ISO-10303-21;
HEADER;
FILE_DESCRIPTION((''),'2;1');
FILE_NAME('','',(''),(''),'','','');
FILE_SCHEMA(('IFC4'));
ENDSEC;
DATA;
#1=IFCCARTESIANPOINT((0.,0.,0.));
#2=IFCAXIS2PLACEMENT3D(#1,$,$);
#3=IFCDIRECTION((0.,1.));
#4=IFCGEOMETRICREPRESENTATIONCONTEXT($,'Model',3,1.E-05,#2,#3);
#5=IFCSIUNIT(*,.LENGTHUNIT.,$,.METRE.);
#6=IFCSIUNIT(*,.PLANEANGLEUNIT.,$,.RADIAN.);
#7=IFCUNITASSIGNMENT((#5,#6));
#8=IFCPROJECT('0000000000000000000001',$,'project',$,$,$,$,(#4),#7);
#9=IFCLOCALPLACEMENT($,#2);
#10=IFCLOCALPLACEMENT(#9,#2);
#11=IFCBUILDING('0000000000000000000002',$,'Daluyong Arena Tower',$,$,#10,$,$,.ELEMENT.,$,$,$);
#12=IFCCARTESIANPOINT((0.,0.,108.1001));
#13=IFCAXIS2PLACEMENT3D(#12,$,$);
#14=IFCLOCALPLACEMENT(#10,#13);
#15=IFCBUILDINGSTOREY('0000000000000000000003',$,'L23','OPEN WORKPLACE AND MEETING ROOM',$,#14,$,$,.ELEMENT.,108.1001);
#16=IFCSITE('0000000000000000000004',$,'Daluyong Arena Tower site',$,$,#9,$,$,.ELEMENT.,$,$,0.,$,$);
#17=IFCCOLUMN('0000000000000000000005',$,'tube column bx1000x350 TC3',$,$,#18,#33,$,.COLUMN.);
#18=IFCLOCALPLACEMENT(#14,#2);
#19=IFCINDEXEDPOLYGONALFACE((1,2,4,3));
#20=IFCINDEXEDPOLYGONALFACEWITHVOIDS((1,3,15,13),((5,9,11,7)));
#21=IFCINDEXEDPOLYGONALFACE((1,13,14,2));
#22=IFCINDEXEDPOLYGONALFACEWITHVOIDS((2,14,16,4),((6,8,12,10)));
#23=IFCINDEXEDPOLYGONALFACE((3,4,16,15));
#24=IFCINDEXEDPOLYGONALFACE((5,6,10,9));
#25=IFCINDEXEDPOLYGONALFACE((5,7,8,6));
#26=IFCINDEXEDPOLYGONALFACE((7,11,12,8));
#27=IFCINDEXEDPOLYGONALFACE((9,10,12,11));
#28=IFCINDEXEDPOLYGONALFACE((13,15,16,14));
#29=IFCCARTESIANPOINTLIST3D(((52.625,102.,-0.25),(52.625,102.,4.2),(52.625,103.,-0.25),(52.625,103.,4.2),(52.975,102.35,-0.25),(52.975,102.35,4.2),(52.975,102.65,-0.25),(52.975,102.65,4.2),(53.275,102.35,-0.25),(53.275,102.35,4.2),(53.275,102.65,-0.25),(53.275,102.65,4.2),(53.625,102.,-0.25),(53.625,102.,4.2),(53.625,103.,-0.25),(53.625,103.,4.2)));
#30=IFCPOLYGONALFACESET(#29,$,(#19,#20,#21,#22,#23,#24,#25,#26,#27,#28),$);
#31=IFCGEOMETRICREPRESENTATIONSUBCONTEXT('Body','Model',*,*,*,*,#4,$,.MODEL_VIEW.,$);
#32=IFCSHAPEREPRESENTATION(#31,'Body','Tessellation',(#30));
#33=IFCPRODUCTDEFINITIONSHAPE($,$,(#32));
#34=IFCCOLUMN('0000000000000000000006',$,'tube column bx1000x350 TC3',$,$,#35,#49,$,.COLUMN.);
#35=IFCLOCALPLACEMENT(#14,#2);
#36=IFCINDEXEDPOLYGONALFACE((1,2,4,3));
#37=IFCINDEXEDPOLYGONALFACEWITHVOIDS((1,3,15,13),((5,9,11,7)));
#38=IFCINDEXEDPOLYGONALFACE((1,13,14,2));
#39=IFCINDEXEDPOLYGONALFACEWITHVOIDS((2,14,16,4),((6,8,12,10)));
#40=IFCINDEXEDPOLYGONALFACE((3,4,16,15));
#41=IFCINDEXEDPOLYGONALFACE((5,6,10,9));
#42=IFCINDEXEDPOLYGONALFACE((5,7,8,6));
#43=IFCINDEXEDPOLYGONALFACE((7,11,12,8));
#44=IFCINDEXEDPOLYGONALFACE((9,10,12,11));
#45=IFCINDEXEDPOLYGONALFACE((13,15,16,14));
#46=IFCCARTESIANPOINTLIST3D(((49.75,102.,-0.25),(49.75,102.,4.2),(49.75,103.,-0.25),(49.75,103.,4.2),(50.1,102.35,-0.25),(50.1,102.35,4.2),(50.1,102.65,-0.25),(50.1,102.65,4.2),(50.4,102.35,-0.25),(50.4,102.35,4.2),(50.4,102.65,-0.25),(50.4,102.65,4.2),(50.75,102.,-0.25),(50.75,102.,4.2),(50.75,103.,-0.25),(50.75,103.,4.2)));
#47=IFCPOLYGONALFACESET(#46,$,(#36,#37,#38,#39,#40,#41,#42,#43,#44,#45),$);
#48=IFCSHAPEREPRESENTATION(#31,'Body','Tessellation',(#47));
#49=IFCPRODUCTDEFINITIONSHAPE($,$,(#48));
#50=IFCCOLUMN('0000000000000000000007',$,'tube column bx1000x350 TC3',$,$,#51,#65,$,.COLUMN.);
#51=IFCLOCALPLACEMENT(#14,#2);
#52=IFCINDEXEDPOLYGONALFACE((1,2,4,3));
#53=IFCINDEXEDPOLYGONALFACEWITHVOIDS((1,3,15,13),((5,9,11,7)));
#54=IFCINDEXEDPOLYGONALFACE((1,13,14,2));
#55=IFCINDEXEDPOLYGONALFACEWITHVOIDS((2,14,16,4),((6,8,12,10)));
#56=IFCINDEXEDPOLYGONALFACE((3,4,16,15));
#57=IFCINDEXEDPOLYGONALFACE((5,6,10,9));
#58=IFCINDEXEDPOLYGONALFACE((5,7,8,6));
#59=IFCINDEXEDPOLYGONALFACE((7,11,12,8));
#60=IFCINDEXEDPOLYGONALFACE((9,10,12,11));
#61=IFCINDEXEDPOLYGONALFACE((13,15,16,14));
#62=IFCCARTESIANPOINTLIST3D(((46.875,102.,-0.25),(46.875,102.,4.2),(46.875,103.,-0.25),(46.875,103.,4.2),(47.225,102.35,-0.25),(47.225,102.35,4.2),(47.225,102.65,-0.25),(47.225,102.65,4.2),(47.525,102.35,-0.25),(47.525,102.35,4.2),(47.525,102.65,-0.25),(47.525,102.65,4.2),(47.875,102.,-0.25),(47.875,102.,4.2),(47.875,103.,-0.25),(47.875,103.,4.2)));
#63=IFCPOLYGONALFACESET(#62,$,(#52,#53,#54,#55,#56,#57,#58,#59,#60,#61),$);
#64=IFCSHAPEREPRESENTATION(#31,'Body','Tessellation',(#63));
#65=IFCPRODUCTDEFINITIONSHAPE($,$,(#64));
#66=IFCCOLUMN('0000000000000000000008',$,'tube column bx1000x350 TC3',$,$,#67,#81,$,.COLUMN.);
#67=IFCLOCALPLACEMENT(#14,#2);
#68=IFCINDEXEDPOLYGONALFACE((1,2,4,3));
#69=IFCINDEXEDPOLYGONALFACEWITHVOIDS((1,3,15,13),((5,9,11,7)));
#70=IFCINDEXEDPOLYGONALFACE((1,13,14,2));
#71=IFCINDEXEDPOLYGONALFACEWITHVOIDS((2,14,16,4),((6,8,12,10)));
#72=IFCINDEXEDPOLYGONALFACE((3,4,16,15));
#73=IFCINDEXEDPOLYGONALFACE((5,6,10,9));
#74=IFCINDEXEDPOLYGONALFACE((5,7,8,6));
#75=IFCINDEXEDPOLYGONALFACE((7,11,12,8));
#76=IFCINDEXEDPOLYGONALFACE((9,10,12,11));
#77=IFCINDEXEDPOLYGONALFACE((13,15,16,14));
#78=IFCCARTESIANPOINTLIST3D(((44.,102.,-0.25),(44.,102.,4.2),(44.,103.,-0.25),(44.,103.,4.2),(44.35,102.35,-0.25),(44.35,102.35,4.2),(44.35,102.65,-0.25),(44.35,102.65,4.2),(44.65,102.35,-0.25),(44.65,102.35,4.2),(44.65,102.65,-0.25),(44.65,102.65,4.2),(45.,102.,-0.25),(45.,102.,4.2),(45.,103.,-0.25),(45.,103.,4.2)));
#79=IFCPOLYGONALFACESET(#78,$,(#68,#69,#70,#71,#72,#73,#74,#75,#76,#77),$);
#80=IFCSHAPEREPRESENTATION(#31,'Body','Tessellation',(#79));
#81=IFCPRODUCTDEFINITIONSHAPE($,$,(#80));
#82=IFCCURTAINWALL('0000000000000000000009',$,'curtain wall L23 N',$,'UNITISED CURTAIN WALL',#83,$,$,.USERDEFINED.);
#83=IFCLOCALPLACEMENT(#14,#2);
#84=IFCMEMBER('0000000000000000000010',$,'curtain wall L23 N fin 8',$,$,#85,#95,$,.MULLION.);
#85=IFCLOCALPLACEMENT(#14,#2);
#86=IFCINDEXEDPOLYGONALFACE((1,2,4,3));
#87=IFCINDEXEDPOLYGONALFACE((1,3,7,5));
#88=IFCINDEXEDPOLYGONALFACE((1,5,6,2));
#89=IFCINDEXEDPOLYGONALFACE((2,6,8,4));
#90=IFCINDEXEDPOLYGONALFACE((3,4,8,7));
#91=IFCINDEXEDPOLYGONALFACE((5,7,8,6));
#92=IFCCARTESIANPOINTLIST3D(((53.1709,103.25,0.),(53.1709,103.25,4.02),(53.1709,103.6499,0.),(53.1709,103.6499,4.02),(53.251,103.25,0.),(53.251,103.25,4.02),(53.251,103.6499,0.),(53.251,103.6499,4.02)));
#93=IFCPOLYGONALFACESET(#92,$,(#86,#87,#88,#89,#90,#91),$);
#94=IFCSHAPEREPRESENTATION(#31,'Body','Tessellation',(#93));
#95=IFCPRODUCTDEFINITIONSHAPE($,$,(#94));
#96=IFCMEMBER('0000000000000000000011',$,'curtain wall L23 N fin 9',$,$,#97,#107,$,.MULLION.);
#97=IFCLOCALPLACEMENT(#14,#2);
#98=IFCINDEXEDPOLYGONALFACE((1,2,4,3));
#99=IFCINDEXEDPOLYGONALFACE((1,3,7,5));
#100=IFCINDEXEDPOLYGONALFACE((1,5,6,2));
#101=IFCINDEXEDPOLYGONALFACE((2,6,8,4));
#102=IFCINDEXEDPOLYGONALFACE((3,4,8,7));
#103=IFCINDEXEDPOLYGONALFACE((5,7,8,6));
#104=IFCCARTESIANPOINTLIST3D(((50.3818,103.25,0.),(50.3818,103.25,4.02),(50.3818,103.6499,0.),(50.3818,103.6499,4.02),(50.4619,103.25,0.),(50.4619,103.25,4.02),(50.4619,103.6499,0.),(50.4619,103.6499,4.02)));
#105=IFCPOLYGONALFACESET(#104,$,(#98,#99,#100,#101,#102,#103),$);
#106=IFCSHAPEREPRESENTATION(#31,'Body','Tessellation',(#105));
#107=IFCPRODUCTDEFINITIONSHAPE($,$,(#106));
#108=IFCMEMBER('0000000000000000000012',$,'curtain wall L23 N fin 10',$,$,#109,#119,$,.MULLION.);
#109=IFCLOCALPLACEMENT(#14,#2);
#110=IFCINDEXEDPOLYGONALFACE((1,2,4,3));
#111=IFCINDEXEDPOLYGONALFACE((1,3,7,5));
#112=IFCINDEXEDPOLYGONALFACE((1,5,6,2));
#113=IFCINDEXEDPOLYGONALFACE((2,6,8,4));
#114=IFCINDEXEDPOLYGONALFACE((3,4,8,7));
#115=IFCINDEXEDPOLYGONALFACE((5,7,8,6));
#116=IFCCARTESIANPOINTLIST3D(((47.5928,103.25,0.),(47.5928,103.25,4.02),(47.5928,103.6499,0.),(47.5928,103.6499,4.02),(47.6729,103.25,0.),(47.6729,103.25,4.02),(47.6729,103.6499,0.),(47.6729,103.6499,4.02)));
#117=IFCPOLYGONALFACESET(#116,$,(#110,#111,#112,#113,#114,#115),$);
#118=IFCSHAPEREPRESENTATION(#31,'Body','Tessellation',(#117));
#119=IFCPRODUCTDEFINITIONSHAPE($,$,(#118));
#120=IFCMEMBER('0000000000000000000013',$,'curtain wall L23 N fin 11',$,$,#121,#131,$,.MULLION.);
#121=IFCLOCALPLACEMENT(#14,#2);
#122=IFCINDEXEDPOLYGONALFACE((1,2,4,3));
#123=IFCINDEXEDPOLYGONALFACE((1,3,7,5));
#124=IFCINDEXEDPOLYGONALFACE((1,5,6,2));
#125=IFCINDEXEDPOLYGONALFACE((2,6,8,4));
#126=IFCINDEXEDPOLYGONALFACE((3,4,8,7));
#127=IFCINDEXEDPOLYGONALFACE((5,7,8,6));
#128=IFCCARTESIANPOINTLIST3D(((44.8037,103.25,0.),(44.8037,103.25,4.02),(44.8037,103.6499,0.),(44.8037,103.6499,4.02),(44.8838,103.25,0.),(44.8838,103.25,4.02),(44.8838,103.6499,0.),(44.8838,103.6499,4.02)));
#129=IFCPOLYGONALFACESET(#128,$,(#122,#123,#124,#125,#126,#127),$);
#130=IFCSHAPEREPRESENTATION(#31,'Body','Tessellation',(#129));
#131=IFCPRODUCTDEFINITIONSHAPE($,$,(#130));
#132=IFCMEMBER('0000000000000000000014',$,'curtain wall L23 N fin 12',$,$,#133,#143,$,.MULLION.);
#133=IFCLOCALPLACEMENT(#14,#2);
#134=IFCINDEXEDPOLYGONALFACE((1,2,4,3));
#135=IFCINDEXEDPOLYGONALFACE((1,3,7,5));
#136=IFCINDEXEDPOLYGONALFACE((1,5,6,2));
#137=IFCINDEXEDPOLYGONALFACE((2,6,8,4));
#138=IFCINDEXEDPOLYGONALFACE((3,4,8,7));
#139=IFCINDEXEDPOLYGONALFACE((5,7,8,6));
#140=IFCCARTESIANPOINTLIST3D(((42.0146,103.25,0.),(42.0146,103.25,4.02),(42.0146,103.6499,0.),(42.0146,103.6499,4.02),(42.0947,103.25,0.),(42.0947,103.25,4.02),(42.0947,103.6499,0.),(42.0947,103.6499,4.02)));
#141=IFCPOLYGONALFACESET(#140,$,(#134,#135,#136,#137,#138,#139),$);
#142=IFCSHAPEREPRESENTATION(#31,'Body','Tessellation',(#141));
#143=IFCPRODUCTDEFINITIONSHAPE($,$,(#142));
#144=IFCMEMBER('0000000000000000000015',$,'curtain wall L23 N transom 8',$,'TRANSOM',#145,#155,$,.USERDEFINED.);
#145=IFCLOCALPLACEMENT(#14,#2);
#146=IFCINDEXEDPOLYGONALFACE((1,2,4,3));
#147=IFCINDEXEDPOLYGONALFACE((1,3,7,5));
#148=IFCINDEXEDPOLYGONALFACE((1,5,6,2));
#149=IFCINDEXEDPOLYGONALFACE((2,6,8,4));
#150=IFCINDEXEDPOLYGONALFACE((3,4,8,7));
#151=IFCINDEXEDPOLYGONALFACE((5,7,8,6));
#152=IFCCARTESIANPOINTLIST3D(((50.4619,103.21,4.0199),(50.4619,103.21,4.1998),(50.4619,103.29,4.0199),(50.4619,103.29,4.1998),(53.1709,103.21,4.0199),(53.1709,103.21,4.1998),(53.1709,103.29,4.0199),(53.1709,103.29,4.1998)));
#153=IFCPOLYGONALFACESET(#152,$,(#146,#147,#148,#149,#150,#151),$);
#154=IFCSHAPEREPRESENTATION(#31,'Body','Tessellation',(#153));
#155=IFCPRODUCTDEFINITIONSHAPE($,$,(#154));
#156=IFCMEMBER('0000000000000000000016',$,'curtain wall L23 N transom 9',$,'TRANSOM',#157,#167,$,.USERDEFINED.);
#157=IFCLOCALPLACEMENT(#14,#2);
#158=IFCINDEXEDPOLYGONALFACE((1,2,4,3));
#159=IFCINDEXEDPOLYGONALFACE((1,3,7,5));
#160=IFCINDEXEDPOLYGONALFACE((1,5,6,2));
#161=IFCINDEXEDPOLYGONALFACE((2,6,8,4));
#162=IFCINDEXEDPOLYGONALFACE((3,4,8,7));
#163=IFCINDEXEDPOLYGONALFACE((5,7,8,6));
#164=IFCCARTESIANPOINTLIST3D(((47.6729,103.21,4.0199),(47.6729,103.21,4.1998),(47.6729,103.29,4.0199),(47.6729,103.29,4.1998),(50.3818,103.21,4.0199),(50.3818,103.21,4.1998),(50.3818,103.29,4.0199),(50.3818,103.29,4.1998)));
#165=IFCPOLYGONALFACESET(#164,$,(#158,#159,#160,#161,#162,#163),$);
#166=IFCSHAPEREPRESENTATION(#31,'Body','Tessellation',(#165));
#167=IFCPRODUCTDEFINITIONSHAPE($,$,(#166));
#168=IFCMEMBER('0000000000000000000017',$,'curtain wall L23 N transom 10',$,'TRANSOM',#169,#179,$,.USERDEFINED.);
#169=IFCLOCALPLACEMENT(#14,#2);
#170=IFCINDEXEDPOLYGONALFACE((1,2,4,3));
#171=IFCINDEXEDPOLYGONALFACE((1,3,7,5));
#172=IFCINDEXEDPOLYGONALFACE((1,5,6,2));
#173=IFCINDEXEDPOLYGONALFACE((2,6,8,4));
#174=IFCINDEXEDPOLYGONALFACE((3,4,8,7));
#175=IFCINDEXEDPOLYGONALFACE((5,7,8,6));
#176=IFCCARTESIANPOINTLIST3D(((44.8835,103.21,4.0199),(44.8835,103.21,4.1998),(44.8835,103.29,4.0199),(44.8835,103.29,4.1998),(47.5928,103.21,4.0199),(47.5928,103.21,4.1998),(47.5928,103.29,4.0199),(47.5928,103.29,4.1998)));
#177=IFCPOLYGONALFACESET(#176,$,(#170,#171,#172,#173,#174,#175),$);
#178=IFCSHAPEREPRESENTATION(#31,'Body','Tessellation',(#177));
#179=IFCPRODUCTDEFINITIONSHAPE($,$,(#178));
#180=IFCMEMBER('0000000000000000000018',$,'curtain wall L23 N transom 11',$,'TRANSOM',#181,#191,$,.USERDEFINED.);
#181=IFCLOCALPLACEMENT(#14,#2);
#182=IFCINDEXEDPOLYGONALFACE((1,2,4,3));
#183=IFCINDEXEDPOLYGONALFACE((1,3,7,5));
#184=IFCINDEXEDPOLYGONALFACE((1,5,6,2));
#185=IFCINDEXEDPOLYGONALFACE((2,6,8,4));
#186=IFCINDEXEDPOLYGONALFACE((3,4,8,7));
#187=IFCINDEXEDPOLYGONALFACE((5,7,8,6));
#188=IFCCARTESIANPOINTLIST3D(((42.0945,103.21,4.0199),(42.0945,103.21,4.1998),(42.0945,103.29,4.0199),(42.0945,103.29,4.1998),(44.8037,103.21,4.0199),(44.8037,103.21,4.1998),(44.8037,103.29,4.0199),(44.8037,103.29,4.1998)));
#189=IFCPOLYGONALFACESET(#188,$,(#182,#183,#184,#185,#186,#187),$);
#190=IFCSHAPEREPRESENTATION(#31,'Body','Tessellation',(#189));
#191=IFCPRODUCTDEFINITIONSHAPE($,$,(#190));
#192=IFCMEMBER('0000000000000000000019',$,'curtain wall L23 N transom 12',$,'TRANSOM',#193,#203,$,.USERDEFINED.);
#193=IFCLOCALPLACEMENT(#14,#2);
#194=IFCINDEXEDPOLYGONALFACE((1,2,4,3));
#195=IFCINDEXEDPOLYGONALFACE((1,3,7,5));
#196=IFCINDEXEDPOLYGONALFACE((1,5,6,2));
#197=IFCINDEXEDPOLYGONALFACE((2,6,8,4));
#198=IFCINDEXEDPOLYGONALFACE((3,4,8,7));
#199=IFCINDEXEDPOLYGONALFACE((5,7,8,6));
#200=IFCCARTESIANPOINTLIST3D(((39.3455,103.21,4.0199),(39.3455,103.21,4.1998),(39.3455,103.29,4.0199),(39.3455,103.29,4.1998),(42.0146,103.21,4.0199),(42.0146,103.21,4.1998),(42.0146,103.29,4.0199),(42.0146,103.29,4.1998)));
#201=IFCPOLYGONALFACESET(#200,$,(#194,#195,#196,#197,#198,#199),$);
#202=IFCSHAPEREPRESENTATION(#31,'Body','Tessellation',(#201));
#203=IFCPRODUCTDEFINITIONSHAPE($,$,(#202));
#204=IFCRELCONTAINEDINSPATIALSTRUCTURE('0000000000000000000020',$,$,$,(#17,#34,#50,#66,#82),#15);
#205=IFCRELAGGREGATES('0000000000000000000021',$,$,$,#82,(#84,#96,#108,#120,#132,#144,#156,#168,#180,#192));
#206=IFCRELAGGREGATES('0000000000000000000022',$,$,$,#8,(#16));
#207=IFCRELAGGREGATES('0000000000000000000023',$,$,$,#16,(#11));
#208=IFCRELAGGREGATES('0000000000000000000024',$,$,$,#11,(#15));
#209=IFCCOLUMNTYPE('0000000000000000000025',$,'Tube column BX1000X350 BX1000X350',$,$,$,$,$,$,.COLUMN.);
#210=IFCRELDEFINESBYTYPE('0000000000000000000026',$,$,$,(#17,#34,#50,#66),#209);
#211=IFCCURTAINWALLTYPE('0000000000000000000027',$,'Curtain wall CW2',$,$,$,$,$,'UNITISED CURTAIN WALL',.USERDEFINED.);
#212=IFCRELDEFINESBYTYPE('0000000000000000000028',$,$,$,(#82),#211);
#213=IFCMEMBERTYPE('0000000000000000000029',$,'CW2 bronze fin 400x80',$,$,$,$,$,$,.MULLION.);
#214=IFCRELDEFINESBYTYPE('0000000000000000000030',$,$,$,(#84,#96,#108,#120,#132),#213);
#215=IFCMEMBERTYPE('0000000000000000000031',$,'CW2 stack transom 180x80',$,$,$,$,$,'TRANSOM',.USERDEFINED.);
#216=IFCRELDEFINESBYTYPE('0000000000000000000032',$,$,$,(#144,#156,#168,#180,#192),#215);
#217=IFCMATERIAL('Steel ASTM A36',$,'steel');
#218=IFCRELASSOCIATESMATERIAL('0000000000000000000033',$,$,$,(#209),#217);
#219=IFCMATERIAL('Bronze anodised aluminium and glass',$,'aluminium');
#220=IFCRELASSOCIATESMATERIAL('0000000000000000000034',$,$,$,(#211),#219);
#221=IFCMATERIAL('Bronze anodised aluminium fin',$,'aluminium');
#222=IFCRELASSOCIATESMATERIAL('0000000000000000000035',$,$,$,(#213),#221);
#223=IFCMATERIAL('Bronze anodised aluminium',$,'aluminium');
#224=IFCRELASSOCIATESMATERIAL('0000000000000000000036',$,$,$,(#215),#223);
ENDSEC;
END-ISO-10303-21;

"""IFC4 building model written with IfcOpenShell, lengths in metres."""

from ifc_helpers import new_model, si_unit, direction, frame, origin, origin_2d, place, context, subcontext, project, spatial, rectangle, hollow_rectangle, extrude, material, material_profile, profile_set, type_object, element, aggregate, save


model = new_model("IFC4")

# Units and contexts
model_context = context("Model", 3, precision=1e-05, world=origin(), true_north=direction((0.0, 1.0)))
body_context = subcontext(model_context, "Body", "Model", "MODEL_VIEW")
ifc_project = project(units=[si_unit("LENGTHUNIT", "METRE"), si_unit("PLANEANGLEUNIT", "RADIAN")], contexts=[model_context])

# Site, building, storey
site_placement = place(None, origin())
site = spatial("IfcSite", under=ifc_project, at=site_placement, Name="Daluyong Arena Tower site", CompositionType="ELEMENT", RefElevation=0.0)
building_placement = place(site_placement, origin())
building = spatial("IfcBuilding", under=site, at=building_placement, Name="Daluyong Arena Tower", CompositionType="ELEMENT")
storey_placement = place(building_placement, frame((0.0, 0.0, 108.1001)))
storey = spatial("IfcBuildingStorey", under=building, at=storey_placement, Name="L23", Description="OPEN WORKPLACE AND MEETING ROOM", CompositionType="ELEMENT", Elevation=108.1001)

# Columns
ifc_material_1 = material(Name="Steel ASTM A36", Category="steel")
ifc_material_profile_1 = material_profile(ifc_material_1, hollow_rectangle(XDim=1.0, YDim=1.0, WallThickness=0.35, at=origin_2d()))
ifc_profile_set_1 = profile_set([ifc_material_profile_1], Name="Steel ASTM A36")
column_type = type_object("IfcColumnType", Name="Tube column BX1000X350 BX1000X350", PredefinedType="COLUMN", material=ifc_profile_set_1)
for number, where, z_axis, x_axis, name in (
    (1, (53.125, 102.5, -0.25), (0.0, 0.0, 1.0), (1.0, 0.0, 0.0), "tube column bx1000x350 TC3"),
    (2, (50.25, 102.5, -0.25), (0.0, 0.0, 1.0), (1.0, 0.0, 0.0), "tube column bx1000x350 TC3"),
    (3, (47.375, 102.5, -0.25), (0.0, 0.0, 1.0), (1.0, 0.0, 0.0), "tube column bx1000x350 TC3"),
    (4, (44.5, 102.5, -0.25), (0.0, 0.0, 1.0), (1.0, 0.0, 0.0), "tube column bx1000x350 TC3"),
):
    element("IfcColumn", number, at=place(storey_placement, frame(where, z_axis=z_axis, x_axis=x_axis)), inside=storey, type_object=column_type, Name=name, PredefinedType="COLUMN", context=body_context, shape_type="SweptSolid", body=[
        extrude(hollow_rectangle(XDim=1.0, YDim=1.0, WallThickness=0.35, at=origin_2d()), origin(), (0.0, 0.0, 1.0), 4.45),
    ])

# Curtain wall, members
ifc_material_2 = material(Name="Bronze anodised aluminium and glass", Category="aluminium")
curtain_wall_type = type_object("IfcCurtainWallType", Name="Curtain wall CW2", ElementType="UNITISED CURTAIN WALL", PredefinedType="USERDEFINED", material=ifc_material_2)
curtain_wall_placement = place(storey_placement, origin())
curtain_wall = element("IfcCurtainWall", 5, at=curtain_wall_placement, inside=storey, type_object=curtain_wall_type, Name="curtain wall L23 N", ObjectType="UNITISED CURTAIN WALL", PredefinedType="USERDEFINED")
ifc_material_3 = material(Name="Bronze anodised aluminium fin", Category="aluminium")
ifc_material_profile_2 = material_profile(ifc_material_3, rectangle(XDim=0.3999, YDim=0.0801, at=origin_2d()))
ifc_profile_set_2 = profile_set([ifc_material_profile_2], Name="Bronze anodised aluminium fin")
member_type_1 = type_object("IfcMemberType", Name="CW2 bronze fin 400x80", PredefinedType="MULLION", material=ifc_profile_set_2)
member_1_placement = place(storey_placement, frame((53.2109, 103.45, 0.0), z_axis=(0.0, 0.0, 1.0), x_axis=(0.0, -1.0, 0.0)))
member_1 = element("IfcMember", 6, at=member_1_placement, type_object=member_type_1, Name="curtain wall L23 N fin 8", PredefinedType="MULLION", context=body_context, shape_type="SweptSolid", body=[
    extrude(rectangle(XDim=0.3999, YDim=0.0801, at=origin_2d()), origin(), (0.0, 0.0, 1.0), 4.02),
])
member_2_placement = place(storey_placement, frame((50.4219, 103.45, 0.0), z_axis=(0.0, 0.0, 1.0), x_axis=(0.0, -1.0, 0.0)))
member_2 = element("IfcMember", 7, at=member_2_placement, type_object=member_type_1, Name="curtain wall L23 N fin 9", PredefinedType="MULLION", context=body_context, shape_type="SweptSolid", body=[
    extrude(rectangle(XDim=0.3999, YDim=0.0801, at=origin_2d()), origin(), (0.0, 0.0, 1.0), 4.02),
])
member_3_placement = place(storey_placement, frame((47.6328, 103.45, 0.0), z_axis=(0.0, 0.0, 1.0), x_axis=(0.0, -1.0, 0.0)))
member_3 = element("IfcMember", 8, at=member_3_placement, type_object=member_type_1, Name="curtain wall L23 N fin 10", PredefinedType="MULLION", context=body_context, shape_type="SweptSolid", body=[
    extrude(rectangle(XDim=0.3999, YDim=0.0801, at=origin_2d()), origin(), (0.0, 0.0, 1.0), 4.02),
])
member_4_placement = place(storey_placement, frame((44.8438, 103.45, 0.0), z_axis=(0.0, 0.0, 1.0), x_axis=(0.0, -1.0, 0.0)))
member_4 = element("IfcMember", 9, at=member_4_placement, type_object=member_type_1, Name="curtain wall L23 N fin 11", PredefinedType="MULLION", context=body_context, shape_type="SweptSolid", body=[
    extrude(rectangle(XDim=0.3999, YDim=0.0801, at=origin_2d()), origin(), (0.0, 0.0, 1.0), 4.02),
])
member_5_placement = place(storey_placement, frame((42.0547, 103.45, 0.0), z_axis=(0.0, 0.0, 1.0), x_axis=(0.0, -1.0, 0.0)))
member_5 = element("IfcMember", 10, at=member_5_placement, type_object=member_type_1, Name="curtain wall L23 N fin 12", PredefinedType="MULLION", context=body_context, shape_type="SweptSolid", body=[
    extrude(rectangle(XDim=0.3999, YDim=0.0801, at=origin_2d()), origin(), (0.0, 0.0, 1.0), 4.02),
])
ifc_material_4 = material(Name="Bronze anodised aluminium", Category="aluminium")
ifc_material_profile_3 = material_profile(ifc_material_4, rectangle(XDim=0.0801, YDim=0.1799, at=origin_2d()))
ifc_profile_set_3 = profile_set([ifc_material_profile_3], Name="Bronze anodised aluminium")
member_type_2 = type_object("IfcMemberType", Name="CW2 stack transom 180x80", ElementType="TRANSOM", PredefinedType="USERDEFINED", material=ifc_profile_set_3)
member_6_placement = place(storey_placement, frame((53.1709, 103.25, 4.1099), z_axis=(-1.0, 0.0, 0.0), x_axis=(0.0, -1.0, 0.0)))
member_6 = element("IfcMember", 11, at=member_6_placement, type_object=member_type_2, Name="curtain wall L23 N transom 8", ObjectType="TRANSOM", PredefinedType="USERDEFINED", context=body_context, shape_type="SweptSolid", body=[
    extrude(rectangle(XDim=0.0801, YDim=0.1799, at=origin_2d()), origin(), (0.0, 0.0, 1.0), 2.709),
])
member_7_placement = place(storey_placement, frame((50.3818, 103.25, 4.1099), z_axis=(-1.0, 0.0, 0.0), x_axis=(0.0, -1.0, 0.0)))
member_7 = element("IfcMember", 12, at=member_7_placement, type_object=member_type_2, Name="curtain wall L23 N transom 9", ObjectType="TRANSOM", PredefinedType="USERDEFINED", context=body_context, shape_type="SweptSolid", body=[
    extrude(rectangle(XDim=0.0801, YDim=0.1799, at=origin_2d()), origin(), (0.0, 0.0, 1.0), 2.709),
])
member_8_placement = place(storey_placement, frame((47.5928, 103.25, 4.1099), z_axis=(-1.0, 0.0, 0.0), x_axis=(0.0, -1.0, 0.0)))
member_8 = element("IfcMember", 13, at=member_8_placement, type_object=member_type_2, Name="curtain wall L23 N transom 10", ObjectType="TRANSOM", PredefinedType="USERDEFINED", context=body_context, shape_type="SweptSolid", body=[
    extrude(rectangle(XDim=0.0801, YDim=0.1799, at=origin_2d()), origin(), (0.0, 0.0, 1.0), 2.7092),
])
member_9_placement = place(storey_placement, frame((44.8037, 103.25, 4.1099), z_axis=(-1.0, 0.0, 0.0), x_axis=(0.0, -1.0, 0.0)))
member_9 = element("IfcMember", 14, at=member_9_placement, type_object=member_type_2, Name="curtain wall L23 N transom 11", ObjectType="TRANSOM", PredefinedType="USERDEFINED", context=body_context, shape_type="SweptSolid", body=[
    extrude(rectangle(XDim=0.0801, YDim=0.1799, at=origin_2d()), origin(), (0.0, 0.0, 1.0), 2.7092),
])
member_10_placement = place(storey_placement, frame((42.0146, 103.25, 4.1099), z_axis=(-1.0, 0.0, 0.0), x_axis=(0.0, -1.0, 0.0)))
member_10 = element("IfcMember", 15, at=member_10_placement, type_object=member_type_2, Name="curtain wall L23 N transom 12", ObjectType="TRANSOM", PredefinedType="USERDEFINED", context=body_context, shape_type="SweptSolid", body=[
    extrude(rectangle(XDim=0.0801, YDim=0.1799, at=origin_2d()), origin(), (0.0, 0.0, 1.0), 2.6692),
])

aggregate(curtain_wall, [member_1, member_2, member_3, member_4, member_5, member_6, member_7, member_8, member_9, member_10])

save(model, "model.ifc")
